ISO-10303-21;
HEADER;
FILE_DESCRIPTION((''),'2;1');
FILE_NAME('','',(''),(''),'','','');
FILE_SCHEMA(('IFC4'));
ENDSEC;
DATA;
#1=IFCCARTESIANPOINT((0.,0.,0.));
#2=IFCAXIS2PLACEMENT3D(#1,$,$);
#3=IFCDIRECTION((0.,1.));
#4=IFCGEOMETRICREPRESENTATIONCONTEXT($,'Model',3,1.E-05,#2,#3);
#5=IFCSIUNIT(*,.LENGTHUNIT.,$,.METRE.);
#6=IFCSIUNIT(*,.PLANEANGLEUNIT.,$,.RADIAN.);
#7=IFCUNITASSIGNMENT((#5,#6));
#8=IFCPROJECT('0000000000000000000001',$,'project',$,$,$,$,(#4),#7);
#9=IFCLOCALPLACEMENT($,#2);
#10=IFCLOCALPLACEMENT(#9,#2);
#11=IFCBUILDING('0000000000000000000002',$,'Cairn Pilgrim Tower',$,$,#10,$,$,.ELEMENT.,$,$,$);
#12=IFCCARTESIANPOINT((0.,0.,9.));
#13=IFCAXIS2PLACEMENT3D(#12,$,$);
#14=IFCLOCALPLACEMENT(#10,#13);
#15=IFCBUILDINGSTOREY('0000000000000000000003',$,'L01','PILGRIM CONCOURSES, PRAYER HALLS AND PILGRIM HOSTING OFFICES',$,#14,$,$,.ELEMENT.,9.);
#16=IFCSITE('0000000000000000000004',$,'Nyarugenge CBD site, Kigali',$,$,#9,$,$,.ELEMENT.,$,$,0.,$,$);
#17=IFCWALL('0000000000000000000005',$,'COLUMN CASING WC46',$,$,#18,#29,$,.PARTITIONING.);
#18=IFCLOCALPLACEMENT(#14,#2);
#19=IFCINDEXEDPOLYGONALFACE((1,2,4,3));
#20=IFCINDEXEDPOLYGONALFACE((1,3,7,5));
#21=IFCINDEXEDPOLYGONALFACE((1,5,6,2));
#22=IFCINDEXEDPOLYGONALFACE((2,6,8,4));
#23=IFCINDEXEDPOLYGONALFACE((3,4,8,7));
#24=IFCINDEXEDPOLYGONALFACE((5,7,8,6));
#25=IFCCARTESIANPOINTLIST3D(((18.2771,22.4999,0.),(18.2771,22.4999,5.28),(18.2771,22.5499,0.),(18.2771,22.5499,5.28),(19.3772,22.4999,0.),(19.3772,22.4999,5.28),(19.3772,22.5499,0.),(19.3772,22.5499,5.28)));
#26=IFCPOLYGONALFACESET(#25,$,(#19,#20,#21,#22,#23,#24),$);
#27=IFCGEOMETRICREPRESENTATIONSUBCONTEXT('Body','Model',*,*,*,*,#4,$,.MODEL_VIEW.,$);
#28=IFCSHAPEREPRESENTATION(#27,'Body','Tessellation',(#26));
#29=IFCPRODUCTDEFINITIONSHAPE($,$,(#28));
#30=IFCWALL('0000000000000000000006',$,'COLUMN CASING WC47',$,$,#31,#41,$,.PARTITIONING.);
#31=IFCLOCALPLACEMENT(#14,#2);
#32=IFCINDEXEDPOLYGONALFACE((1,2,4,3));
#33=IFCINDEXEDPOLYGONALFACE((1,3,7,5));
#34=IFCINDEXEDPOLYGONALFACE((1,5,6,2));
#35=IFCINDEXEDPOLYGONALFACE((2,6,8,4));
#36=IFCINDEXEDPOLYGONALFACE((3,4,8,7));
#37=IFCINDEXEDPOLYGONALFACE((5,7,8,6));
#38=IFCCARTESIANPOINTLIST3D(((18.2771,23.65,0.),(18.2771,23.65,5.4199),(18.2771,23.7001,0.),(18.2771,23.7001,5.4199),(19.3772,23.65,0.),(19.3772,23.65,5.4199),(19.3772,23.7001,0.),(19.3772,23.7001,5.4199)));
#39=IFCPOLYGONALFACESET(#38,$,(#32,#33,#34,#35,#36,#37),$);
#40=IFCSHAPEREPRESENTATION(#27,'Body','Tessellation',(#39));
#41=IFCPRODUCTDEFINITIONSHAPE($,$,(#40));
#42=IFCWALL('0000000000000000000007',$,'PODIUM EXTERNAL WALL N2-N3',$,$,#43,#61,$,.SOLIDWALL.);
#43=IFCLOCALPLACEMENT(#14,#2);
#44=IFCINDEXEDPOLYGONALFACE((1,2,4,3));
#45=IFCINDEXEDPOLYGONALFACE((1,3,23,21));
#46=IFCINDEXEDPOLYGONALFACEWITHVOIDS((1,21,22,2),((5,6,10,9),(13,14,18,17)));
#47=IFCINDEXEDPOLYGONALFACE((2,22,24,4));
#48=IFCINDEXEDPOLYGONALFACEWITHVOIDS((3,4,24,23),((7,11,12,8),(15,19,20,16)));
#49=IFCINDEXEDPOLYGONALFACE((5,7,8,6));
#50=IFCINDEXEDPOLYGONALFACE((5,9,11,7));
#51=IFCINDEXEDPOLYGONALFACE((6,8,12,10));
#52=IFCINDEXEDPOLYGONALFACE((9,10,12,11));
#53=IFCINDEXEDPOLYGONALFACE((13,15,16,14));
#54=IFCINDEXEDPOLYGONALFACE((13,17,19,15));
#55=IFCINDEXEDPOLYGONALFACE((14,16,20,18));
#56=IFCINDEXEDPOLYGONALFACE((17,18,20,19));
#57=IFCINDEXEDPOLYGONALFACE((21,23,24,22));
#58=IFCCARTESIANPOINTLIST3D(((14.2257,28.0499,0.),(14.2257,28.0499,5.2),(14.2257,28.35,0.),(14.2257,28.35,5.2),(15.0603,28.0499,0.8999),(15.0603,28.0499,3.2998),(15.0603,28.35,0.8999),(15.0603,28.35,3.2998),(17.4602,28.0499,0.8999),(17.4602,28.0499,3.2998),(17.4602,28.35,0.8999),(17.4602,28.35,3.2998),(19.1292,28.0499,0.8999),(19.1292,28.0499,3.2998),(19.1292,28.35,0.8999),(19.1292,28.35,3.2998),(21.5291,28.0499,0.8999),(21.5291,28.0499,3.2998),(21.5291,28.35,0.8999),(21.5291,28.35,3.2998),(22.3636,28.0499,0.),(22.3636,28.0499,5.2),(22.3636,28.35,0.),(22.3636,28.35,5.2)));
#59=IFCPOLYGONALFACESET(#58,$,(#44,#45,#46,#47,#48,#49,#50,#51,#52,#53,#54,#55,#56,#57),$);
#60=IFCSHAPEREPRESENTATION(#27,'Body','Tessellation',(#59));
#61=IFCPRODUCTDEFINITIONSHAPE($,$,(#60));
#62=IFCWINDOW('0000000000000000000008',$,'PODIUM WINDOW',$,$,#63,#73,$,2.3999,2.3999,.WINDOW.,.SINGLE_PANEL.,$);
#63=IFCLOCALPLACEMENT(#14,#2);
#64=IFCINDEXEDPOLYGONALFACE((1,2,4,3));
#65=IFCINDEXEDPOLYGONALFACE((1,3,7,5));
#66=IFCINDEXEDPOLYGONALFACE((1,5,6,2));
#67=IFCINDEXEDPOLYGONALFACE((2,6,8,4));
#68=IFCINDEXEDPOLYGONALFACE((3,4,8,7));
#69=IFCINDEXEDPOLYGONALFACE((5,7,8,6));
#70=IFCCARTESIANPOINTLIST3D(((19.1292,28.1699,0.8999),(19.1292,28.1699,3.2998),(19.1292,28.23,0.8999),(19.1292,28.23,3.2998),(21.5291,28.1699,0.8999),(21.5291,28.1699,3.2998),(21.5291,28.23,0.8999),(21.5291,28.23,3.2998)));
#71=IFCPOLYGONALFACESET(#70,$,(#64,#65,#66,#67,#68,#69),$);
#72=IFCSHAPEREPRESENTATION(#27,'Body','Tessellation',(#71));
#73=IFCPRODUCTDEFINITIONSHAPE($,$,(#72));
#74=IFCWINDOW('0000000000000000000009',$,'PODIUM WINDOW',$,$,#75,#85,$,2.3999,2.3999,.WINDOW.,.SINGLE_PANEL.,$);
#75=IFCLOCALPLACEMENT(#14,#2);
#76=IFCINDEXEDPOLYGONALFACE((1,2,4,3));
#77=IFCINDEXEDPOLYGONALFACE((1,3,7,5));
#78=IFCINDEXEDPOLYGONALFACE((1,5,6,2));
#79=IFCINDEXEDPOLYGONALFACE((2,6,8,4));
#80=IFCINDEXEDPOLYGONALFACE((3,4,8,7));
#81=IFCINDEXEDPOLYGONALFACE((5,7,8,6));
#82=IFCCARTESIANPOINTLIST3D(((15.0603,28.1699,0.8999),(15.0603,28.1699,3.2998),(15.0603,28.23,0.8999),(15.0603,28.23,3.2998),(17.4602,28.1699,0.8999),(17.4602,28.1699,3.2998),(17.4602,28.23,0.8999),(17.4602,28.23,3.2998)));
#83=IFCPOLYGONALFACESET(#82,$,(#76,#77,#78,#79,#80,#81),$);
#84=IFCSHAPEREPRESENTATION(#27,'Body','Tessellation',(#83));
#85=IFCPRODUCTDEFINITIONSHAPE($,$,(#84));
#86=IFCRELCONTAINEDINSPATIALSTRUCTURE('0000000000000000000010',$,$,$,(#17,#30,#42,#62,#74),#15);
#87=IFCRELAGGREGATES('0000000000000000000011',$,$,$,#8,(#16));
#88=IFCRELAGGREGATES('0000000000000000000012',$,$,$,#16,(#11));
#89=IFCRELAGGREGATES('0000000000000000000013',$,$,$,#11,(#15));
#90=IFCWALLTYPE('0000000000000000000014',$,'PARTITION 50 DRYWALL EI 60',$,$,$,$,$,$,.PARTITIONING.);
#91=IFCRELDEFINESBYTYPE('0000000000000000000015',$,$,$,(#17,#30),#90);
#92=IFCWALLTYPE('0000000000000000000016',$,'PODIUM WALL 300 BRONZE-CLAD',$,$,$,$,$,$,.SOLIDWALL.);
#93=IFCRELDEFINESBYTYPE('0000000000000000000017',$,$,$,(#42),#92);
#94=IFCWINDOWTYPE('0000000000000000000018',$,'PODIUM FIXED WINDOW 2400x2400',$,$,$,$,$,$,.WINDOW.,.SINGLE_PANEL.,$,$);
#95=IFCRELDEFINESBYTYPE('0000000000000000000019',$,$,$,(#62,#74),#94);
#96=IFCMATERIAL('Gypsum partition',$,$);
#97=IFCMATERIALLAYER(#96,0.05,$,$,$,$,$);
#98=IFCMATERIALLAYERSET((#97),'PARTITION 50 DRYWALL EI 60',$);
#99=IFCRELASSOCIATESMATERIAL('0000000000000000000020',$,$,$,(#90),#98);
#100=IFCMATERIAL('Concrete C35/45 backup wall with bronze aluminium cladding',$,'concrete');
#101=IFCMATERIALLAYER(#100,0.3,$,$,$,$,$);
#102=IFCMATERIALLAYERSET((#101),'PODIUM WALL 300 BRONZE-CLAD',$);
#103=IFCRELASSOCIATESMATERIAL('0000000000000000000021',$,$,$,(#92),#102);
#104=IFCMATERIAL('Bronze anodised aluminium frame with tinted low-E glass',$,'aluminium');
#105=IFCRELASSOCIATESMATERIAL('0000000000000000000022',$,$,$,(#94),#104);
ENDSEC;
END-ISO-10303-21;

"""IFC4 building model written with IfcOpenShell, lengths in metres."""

from ifc_helpers import new_model, si_unit, direction, frame, frame_2d, origin, place, context, subcontext, project, spatial, rectangle, extrude, material, layer, layer_set, type_object, element, fill, save


model = new_model("IFC4")

# Units and contexts
model_context = context("Model", 3, precision=1e-05, world=origin(), true_north=direction((0.0, 1.0)))
body_context = subcontext(model_context, "Body", "Model", "MODEL_VIEW")
ifc_project = project(units=[si_unit("LENGTHUNIT", "METRE"), si_unit("PLANEANGLEUNIT", "RADIAN")], contexts=[model_context])

# Site, building, storey
site_placement = place(None, origin())
site = spatial("IfcSite", under=ifc_project, at=site_placement, Name="Nyarugenge CBD site, Kigali", CompositionType="ELEMENT", RefElevation=0.0)
building_placement = place(site_placement, origin())
building = spatial("IfcBuilding", under=site, at=building_placement, Name="Cairn Pilgrim Tower", CompositionType="ELEMENT")
storey_placement = place(building_placement, frame((0.0, 0.0, 9.0)))
storey = spatial("IfcBuildingStorey", under=building, at=storey_placement, Name="L01", Description="PILGRIM CONCOURSES, PRAYER HALLS AND PILGRIM HOSTING OFFICES", CompositionType="ELEMENT", Elevation=9.0)

# Walls
ifc_material_1 = material(Name="Gypsum partition")
ifc_layer_1 = layer(ifc_material_1, 0.05)
ifc_layer_set_1 = layer_set([ifc_layer_1], Name="PARTITION 50 DRYWALL EI 60")
wall_type_1 = type_object("IfcWallType", Name="PARTITION 50 DRYWALL EI 60", PredefinedType="PARTITIONING", material=ifc_layer_set_1)
wall_1_placement = place(storey_placement, frame((18.2771, 22.5249, 0.0), z_axis=(0.0, 0.0, 1.0), x_axis=(1.0, 0.0, 0.0)))
element("IfcWall", 1, at=wall_1_placement, inside=storey, type_object=wall_type_1, Name="COLUMN CASING WC46", PredefinedType="PARTITIONING", context=body_context, shape_type="SweptSolid", body=[
    extrude(rectangle(XDim=1.1001, YDim=0.05, at=frame_2d((0.55, 0.0))), origin(), (0.0, 0.0, 1.0), 5.28),
])
wall_2_placement = place(storey_placement, frame((18.2771, 23.675, 0.0), z_axis=(0.0, 0.0, 1.0), x_axis=(1.0, 0.0, 0.0)))
element("IfcWall", 2, at=wall_2_placement, inside=storey, type_object=wall_type_1, Name="COLUMN CASING WC47", PredefinedType="PARTITIONING", context=body_context, shape_type="SweptSolid", body=[
    extrude(rectangle(XDim=1.1001, YDim=0.05, at=frame_2d((0.55, 0.0))), origin(), (0.0, 0.0, 1.0), 5.4199),
])

# Wall, openings, windows
ifc_material_2 = material(Name="Concrete C35/45 backup wall with bronze aluminium cladding", Category="concrete")
ifc_layer_2 = layer(ifc_material_2, 0.3)
ifc_layer_set_2 = layer_set([ifc_layer_2], Name="PODIUM WALL 300 BRONZE-CLAD")
wall_type_2 = type_object("IfcWallType", Name="PODIUM WALL 300 BRONZE-CLAD", PredefinedType="SOLIDWALL", material=ifc_layer_set_2)
wall_3_placement = place(storey_placement, frame((22.3635, 28.2, 0.0), z_axis=(0.0, 0.0, 1.0), x_axis=(-1.0, 0.0, 0.0)))
wall_3 = element("IfcWall", 3, at=wall_3_placement, inside=storey, type_object=wall_type_2, Name="PODIUM EXTERNAL WALL N2-N3", PredefinedType="SOLIDWALL", context=body_context, shape_type="SweptSolid", body=[
    extrude(rectangle(XDim=8.1379, YDim=0.3, at=frame_2d((4.0688, 0.0))), origin(), (0.0, 0.0, 1.0), 5.2),
])
opening_1_placement = place(wall_3_placement, frame((0.8345, 0.0, 0.8999)))
opening_1 = element("IfcOpeningElement", 4, at=opening_1_placement, cuts=wall_3, PredefinedType="OPENING", context=body_context, shape_type="SweptSolid", body=[
    extrude(rectangle(XDim=2.3999, YDim=2.3999, at=frame_2d((1.2, 1.2))), frame((0.0, 0.1602, 0.0), z_axis=(0.0, -1.0, 0.0), x_axis=(1.0, 0.0, 0.0)), (0.0, 0.0, 1.0), 0.3201),
])
opening_2_placement = place(wall_3_placement, frame((4.9033, 0.0, 0.8999)))
opening_2 = element("IfcOpeningElement", 5, at=opening_2_placement, cuts=wall_3, PredefinedType="OPENING", context=body_context, shape_type="SweptSolid", body=[
    extrude(rectangle(XDim=2.3999, YDim=2.3999, at=frame_2d((1.2, 1.2))), frame((0.0, 0.1602, 0.0), z_axis=(0.0, -1.0, 0.0), x_axis=(1.0, 0.0, 0.0)), (0.0, 0.0, 1.0), 0.3201),
])
ifc_material_3 = material(Name="Bronze anodised aluminium frame with tinted low-E glass", Category="aluminium")
window_type = type_object("IfcWindowType", Name="PODIUM FIXED WINDOW 2400x2400", PartitioningType="SINGLE_PANEL", PredefinedType="WINDOW", material=ifc_material_3)
window_1_placement = place(opening_1_placement, origin())
window_1 = element("IfcWindow", 6, at=window_1_placement, inside=storey, type_object=window_type, Name="PODIUM WINDOW", OverallHeight=2.3999, OverallWidth=2.3999, PartitioningType="SINGLE_PANEL", PredefinedType="WINDOW", context=body_context, shape_type="SweptSolid", body=[
    extrude(rectangle(XDim=2.3999, YDim=2.3999, at=frame_2d((1.2, 1.2))), frame((0.0, 0.03, 0.0), z_axis=(0.0, -1.0, 0.0), x_axis=(1.0, 0.0, 0.0)), (0.0, 0.0, 1.0), 0.0601),
])
fill(opening_1, window_1)
window_2_placement = place(opening_2_placement, origin())
window_2 = element("IfcWindow", 7, at=window_2_placement, inside=storey, type_object=window_type, Name="PODIUM WINDOW", OverallHeight=2.3999, OverallWidth=2.3999, PartitioningType="SINGLE_PANEL", PredefinedType="WINDOW", context=body_context, shape_type="SweptSolid", body=[
    extrude(rectangle(XDim=2.3999, YDim=2.3999, at=frame_2d((1.2, 1.2))), frame((0.0, 0.03, 0.0), z_axis=(0.0, -1.0, 0.0), x_axis=(1.0, 0.0, 0.0)), (0.0, 0.0, 1.0), 0.0601),
])
fill(opening_2, window_2)

save(model, "model.ifc")
